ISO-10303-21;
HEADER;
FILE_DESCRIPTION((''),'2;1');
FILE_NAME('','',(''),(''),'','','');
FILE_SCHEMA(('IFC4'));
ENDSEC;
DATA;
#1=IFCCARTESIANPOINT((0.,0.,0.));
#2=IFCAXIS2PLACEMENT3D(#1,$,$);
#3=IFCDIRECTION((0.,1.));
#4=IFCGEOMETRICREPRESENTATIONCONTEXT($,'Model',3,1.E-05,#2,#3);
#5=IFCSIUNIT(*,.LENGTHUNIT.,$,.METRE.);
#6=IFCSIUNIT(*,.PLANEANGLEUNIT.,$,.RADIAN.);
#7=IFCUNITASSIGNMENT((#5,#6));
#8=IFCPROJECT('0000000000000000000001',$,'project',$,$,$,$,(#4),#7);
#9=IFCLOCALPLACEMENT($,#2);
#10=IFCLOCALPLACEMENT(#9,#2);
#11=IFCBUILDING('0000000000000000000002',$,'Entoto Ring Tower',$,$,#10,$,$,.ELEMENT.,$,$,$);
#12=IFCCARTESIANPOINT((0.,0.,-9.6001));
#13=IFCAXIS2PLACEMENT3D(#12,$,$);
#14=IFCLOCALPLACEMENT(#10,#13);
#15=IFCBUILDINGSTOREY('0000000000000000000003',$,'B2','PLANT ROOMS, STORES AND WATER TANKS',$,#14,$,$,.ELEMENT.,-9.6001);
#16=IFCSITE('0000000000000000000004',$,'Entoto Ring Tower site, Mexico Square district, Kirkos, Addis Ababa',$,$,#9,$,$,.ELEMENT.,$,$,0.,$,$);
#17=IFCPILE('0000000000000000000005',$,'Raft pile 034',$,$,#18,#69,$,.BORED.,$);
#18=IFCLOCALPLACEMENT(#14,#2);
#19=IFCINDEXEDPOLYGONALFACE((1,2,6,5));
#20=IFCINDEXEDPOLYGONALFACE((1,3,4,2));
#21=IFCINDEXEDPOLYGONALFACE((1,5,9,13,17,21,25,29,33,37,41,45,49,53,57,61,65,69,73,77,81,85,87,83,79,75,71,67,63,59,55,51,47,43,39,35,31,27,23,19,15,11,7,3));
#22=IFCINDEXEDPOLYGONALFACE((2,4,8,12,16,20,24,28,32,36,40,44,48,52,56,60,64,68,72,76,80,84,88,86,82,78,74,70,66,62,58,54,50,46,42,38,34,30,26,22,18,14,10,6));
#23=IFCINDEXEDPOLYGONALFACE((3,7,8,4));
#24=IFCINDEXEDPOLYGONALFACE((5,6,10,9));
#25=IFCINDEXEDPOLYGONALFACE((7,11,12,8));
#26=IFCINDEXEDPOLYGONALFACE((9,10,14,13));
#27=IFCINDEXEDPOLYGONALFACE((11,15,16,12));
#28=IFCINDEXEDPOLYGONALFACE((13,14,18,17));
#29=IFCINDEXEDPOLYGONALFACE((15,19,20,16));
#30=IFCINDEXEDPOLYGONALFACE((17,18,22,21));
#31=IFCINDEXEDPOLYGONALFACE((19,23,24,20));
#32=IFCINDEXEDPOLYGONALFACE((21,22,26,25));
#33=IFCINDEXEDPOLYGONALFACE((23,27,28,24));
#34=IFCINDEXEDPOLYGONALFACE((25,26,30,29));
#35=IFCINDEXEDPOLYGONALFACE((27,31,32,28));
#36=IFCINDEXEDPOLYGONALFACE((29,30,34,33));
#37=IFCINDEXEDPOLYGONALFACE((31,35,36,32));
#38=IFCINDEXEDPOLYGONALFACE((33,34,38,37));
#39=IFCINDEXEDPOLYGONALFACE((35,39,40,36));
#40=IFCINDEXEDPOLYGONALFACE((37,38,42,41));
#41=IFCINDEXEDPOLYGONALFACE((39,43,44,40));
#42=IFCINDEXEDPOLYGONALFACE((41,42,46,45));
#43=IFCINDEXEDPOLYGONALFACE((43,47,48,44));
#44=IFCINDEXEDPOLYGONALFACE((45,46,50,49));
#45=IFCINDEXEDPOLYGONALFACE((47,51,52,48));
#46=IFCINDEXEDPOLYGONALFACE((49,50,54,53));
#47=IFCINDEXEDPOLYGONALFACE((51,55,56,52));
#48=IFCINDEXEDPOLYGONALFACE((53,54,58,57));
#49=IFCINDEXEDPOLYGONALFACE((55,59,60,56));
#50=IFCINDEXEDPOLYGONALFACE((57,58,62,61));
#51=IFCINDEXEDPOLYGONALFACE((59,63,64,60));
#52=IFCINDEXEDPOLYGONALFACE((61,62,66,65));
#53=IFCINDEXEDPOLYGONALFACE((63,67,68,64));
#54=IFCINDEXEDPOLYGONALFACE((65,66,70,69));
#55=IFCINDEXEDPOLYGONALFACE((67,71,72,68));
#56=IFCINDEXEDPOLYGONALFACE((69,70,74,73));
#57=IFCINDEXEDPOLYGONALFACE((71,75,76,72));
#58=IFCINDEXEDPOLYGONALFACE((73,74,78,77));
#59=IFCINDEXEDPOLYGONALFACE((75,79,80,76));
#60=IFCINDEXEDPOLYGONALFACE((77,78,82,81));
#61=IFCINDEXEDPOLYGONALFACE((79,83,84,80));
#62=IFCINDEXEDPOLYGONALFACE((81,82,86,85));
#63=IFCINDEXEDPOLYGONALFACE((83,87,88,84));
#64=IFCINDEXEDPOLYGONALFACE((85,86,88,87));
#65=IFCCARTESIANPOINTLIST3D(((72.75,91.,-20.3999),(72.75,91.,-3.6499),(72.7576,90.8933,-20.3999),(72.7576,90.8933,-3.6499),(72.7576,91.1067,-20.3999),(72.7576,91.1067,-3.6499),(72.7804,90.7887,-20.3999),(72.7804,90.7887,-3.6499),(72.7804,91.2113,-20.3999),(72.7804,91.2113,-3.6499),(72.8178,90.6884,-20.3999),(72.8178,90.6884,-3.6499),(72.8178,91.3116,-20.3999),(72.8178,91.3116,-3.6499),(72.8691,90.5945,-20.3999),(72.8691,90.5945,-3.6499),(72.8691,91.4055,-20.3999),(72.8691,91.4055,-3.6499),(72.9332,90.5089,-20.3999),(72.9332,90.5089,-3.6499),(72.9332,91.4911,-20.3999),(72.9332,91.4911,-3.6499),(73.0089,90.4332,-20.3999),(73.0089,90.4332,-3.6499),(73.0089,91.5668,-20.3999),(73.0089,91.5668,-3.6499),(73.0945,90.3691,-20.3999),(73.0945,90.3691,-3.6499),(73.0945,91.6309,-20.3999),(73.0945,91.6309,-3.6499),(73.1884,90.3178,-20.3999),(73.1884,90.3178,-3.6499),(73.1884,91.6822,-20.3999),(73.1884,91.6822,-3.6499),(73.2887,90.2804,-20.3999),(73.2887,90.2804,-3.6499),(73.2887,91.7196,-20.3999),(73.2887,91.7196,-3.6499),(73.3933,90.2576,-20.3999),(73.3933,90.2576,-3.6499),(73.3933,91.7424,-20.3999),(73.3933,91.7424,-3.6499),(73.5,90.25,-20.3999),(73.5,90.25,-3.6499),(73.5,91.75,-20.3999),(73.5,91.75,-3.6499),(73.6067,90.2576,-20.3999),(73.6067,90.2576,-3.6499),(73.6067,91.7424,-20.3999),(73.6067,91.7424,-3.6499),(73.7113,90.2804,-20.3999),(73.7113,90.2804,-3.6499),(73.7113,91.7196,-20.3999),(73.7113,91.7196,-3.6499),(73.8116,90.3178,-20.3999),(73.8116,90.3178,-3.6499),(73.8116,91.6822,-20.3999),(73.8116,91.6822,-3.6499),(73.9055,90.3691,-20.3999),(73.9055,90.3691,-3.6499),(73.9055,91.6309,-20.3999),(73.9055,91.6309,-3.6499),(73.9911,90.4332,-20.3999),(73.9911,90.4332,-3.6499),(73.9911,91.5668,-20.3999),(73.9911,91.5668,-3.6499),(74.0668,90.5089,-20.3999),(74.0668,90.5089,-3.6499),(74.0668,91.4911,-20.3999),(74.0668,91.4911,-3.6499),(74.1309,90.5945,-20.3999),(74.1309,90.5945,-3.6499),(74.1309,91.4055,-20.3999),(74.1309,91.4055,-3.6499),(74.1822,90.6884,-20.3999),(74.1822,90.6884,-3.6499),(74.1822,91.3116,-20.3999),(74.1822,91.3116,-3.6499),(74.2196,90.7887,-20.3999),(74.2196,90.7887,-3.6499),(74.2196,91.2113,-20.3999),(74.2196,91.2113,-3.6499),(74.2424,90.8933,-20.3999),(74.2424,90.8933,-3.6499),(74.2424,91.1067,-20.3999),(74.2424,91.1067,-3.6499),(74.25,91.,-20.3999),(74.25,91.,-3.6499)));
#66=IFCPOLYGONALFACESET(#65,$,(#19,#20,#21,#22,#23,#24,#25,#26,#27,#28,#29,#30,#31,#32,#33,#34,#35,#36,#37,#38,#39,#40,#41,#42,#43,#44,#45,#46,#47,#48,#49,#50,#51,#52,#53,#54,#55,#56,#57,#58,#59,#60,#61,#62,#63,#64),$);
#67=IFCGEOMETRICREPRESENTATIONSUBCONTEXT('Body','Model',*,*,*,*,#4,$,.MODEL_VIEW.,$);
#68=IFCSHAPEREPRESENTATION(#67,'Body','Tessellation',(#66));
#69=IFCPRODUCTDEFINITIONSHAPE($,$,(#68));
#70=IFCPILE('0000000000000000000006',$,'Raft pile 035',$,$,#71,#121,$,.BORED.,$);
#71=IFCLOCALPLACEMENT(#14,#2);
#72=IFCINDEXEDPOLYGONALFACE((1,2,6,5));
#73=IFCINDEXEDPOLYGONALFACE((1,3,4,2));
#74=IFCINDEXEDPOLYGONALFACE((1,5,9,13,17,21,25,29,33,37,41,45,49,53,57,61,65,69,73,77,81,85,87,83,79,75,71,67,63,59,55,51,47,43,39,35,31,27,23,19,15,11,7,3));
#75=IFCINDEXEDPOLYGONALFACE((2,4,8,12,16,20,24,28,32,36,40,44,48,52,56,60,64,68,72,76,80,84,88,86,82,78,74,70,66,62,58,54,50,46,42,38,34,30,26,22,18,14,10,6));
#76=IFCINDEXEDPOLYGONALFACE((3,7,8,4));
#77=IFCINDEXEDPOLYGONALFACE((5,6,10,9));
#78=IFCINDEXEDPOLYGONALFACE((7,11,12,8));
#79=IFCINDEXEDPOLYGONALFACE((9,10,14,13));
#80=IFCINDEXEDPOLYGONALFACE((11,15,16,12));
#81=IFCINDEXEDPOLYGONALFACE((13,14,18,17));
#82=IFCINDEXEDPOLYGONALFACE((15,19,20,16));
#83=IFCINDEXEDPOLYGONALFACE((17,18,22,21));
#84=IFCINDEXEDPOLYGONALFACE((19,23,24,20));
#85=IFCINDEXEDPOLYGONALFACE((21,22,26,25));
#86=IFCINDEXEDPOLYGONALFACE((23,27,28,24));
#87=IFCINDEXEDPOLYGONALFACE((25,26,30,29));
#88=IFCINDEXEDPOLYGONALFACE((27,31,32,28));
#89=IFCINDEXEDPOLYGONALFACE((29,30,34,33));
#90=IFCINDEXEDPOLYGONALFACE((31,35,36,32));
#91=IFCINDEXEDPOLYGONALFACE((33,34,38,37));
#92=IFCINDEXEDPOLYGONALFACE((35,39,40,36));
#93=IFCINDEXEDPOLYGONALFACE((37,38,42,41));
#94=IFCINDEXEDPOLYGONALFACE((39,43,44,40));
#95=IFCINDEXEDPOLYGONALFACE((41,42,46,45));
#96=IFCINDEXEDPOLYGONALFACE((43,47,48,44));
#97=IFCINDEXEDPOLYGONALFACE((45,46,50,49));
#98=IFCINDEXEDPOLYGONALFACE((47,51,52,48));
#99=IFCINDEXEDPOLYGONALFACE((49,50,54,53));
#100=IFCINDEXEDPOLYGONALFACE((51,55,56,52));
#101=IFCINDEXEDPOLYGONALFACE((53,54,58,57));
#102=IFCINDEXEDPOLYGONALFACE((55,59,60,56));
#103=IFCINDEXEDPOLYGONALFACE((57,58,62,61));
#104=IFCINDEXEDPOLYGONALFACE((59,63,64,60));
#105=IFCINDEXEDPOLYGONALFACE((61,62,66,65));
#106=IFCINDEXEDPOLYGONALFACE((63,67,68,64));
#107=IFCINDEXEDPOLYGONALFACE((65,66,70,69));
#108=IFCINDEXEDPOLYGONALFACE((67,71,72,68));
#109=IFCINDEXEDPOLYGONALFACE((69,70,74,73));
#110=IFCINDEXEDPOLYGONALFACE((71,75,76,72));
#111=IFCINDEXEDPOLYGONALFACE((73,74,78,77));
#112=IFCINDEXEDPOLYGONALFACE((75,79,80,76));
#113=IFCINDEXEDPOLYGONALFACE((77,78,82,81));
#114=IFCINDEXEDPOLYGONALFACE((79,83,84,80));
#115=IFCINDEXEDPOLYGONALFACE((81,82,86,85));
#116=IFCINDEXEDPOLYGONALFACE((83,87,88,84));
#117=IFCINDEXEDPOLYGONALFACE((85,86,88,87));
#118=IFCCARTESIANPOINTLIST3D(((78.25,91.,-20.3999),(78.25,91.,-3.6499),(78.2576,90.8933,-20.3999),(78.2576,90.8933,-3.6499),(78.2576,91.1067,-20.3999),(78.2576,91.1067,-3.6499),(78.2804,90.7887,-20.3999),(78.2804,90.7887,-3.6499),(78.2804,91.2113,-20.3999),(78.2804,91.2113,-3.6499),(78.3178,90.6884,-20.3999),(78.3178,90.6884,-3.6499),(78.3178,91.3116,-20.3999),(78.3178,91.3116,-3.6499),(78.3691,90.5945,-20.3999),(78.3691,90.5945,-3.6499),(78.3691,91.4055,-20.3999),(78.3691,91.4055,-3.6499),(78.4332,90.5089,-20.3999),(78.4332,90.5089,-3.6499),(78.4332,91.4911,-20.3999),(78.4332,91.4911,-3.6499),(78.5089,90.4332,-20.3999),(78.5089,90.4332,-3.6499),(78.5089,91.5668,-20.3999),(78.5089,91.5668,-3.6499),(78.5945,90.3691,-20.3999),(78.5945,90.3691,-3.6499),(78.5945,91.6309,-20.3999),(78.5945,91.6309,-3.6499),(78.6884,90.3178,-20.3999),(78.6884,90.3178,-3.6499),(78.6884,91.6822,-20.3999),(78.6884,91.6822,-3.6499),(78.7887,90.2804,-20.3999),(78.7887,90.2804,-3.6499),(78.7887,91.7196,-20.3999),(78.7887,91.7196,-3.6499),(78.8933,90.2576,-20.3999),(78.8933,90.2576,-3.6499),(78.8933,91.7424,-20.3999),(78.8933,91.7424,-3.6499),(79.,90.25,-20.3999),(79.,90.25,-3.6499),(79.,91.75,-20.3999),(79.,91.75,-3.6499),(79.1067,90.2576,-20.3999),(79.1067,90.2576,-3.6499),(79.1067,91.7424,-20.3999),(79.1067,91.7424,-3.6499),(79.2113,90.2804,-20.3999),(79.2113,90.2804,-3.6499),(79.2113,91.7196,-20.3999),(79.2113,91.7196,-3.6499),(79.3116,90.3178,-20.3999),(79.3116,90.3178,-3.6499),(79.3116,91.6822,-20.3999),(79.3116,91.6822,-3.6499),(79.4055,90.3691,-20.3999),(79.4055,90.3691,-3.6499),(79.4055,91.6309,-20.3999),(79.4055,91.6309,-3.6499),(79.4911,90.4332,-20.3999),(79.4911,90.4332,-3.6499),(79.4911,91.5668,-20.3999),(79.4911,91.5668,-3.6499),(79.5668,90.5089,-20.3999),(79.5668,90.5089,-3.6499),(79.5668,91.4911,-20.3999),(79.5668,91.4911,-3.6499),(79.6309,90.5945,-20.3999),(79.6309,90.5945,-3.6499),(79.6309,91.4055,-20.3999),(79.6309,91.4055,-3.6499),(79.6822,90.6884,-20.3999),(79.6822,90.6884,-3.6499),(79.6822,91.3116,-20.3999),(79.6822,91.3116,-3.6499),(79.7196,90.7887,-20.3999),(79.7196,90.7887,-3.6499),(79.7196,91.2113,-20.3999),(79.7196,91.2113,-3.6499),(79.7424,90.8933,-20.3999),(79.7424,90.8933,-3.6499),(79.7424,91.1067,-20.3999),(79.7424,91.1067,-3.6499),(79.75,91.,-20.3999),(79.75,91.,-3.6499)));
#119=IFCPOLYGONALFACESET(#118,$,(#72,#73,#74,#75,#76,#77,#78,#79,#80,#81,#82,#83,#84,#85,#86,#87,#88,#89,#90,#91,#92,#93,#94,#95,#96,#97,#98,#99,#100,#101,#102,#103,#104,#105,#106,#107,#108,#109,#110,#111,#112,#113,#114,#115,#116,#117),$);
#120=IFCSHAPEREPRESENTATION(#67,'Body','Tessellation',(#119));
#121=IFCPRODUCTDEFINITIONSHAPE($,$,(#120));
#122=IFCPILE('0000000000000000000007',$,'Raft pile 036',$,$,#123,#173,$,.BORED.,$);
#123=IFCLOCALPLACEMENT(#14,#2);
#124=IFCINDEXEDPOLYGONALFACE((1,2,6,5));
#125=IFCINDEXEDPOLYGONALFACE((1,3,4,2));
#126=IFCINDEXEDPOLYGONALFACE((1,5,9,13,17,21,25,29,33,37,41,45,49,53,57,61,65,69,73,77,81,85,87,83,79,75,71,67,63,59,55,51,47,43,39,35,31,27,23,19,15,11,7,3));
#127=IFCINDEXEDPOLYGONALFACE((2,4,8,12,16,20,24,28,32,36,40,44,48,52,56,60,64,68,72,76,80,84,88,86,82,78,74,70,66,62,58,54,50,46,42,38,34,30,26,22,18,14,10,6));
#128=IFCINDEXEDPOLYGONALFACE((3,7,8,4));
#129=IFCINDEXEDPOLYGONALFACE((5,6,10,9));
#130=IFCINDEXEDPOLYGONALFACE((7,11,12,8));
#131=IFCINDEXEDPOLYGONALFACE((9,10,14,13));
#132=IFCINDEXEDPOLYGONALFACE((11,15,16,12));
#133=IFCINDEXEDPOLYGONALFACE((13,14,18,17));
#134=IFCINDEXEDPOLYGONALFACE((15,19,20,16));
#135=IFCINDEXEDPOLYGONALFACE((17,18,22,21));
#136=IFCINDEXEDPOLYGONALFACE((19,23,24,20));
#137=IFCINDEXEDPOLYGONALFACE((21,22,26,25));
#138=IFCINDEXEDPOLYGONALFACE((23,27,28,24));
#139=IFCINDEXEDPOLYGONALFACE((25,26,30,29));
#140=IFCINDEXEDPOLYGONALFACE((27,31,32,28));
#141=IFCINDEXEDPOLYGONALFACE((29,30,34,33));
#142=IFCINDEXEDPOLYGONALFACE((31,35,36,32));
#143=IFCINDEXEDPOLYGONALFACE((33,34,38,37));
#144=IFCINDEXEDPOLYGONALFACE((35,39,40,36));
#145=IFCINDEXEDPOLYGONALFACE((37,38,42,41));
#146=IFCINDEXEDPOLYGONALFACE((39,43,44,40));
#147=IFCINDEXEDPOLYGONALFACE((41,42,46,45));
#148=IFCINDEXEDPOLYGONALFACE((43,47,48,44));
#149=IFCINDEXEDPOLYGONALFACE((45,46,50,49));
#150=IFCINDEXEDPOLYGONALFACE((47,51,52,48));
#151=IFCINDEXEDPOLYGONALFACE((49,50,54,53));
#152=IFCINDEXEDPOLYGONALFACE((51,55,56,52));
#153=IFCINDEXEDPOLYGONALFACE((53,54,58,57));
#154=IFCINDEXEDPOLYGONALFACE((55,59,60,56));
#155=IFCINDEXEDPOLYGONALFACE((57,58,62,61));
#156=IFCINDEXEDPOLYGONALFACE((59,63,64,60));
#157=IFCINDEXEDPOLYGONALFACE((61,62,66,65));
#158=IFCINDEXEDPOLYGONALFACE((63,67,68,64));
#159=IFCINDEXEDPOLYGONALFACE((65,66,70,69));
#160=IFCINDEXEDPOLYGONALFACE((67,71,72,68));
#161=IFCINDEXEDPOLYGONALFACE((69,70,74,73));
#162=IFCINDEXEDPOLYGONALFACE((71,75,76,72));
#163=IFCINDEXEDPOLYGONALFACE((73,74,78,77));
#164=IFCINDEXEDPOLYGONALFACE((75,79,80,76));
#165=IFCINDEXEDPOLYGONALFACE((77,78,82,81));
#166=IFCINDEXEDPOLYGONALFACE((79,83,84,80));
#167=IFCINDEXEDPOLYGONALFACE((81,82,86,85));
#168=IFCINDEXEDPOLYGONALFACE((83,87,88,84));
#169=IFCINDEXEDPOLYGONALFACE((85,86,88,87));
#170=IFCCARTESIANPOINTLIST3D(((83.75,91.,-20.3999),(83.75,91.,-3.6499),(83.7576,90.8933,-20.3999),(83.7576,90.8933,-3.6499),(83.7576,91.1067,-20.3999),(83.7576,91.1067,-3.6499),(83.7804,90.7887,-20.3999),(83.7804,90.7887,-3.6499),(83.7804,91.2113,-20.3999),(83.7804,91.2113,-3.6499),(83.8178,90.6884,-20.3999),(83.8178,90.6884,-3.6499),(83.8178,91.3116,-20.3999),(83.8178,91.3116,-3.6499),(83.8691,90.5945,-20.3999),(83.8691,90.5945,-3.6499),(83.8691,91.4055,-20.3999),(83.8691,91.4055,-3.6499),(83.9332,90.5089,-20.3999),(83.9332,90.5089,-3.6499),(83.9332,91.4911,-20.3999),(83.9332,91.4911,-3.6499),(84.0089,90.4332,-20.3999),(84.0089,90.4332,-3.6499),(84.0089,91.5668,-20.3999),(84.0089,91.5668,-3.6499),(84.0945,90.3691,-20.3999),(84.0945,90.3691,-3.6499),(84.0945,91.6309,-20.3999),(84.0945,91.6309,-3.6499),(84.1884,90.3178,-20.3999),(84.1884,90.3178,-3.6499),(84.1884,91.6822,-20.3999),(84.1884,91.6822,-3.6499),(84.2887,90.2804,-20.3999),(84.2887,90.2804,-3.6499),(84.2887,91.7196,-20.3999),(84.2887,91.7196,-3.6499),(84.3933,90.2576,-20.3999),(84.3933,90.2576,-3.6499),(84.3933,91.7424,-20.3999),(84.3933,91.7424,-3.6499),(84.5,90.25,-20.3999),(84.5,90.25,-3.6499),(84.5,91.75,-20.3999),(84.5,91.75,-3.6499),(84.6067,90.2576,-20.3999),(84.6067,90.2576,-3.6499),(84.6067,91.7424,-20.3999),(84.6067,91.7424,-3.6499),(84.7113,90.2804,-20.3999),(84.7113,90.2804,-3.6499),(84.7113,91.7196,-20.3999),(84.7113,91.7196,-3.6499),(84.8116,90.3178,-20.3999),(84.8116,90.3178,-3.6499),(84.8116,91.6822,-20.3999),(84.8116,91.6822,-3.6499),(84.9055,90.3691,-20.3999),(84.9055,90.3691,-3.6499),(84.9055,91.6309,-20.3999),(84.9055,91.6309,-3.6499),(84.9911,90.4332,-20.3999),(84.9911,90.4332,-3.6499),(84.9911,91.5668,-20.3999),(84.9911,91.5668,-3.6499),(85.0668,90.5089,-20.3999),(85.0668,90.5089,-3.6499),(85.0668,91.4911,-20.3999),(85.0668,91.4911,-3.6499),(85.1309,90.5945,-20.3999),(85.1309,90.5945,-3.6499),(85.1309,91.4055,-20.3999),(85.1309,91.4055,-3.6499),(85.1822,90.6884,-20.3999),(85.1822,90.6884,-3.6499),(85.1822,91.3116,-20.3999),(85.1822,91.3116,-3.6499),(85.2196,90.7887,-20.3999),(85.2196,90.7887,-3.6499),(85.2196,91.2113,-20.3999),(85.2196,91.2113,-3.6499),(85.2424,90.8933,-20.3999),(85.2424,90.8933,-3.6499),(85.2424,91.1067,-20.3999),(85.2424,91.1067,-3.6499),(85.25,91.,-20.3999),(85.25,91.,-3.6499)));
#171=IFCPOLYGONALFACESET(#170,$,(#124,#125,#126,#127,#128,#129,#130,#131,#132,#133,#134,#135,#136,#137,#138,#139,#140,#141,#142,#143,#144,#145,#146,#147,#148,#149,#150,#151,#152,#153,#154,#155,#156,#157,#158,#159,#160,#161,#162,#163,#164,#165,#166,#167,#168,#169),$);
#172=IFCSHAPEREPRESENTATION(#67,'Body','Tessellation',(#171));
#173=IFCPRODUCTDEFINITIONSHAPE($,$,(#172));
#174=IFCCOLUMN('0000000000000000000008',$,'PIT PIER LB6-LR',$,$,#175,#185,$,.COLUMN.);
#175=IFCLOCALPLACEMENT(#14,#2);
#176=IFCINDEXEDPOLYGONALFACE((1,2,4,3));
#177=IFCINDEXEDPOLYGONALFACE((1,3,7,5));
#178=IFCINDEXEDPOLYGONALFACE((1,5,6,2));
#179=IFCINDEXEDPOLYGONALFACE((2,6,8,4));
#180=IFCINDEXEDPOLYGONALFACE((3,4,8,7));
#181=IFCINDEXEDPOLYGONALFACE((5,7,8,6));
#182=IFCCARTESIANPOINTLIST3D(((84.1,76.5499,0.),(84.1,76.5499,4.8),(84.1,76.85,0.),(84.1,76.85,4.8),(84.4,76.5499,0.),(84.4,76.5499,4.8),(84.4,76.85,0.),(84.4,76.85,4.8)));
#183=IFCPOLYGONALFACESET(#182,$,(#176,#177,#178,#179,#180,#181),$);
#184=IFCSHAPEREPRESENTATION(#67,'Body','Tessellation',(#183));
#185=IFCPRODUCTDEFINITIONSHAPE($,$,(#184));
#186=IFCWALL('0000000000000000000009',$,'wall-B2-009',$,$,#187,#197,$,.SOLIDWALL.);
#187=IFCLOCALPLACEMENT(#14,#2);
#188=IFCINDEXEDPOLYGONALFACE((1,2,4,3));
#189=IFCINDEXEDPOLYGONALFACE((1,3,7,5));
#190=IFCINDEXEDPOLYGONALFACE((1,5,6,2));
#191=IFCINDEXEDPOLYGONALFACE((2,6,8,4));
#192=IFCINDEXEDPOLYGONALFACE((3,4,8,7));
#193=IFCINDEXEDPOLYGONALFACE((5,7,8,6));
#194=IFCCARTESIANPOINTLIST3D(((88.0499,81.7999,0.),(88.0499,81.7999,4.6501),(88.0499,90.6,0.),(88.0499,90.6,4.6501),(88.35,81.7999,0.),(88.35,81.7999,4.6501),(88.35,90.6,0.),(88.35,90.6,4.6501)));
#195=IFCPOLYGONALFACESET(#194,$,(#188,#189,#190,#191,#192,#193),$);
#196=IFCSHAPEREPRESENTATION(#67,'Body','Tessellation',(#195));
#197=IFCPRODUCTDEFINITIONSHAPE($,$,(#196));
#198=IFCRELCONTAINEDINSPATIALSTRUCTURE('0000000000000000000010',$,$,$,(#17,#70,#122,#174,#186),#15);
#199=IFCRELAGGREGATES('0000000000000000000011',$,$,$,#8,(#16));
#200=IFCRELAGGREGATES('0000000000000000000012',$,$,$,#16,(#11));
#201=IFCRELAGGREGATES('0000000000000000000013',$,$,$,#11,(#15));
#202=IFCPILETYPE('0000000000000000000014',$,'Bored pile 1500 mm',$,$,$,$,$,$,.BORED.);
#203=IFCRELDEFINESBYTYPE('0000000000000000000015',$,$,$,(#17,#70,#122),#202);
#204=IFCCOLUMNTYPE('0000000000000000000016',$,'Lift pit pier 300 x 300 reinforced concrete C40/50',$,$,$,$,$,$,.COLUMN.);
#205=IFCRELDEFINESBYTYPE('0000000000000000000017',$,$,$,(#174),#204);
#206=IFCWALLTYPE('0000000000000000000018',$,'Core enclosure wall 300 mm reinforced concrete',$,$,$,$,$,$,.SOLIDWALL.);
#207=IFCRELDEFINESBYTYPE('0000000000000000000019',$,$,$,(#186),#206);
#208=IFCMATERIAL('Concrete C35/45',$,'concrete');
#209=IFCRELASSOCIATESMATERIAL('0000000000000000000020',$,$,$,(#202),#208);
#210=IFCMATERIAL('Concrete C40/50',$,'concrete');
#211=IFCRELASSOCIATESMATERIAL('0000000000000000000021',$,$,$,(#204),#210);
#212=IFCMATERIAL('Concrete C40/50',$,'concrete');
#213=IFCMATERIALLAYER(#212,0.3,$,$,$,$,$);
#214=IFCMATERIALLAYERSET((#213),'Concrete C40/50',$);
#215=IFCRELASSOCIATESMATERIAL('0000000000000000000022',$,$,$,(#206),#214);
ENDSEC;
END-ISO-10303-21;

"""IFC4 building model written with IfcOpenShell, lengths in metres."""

from ifc_helpers import new_model, si_unit, direction, frame, frame_2d, origin, origin_2d, place, context, subcontext, project, spatial, rectangle, circle, extrude, material, layer, layer_set, material_profile, profile_set, type_object, element, save


model = new_model("IFC4")

# Units and contexts
model_context = context("Model", 3, precision=1e-05, world=origin(), true_north=direction((0.0, 1.0)))
body_context = subcontext(model_context, "Body", "Model", "MODEL_VIEW")
ifc_project = project(units=[si_unit("LENGTHUNIT", "METRE"), si_unit("PLANEANGLEUNIT", "RADIAN")], contexts=[model_context])

# Site, building, storey
site_placement = place(None, origin())
site = spatial("IfcSite", under=ifc_project, at=site_placement, Name="Entoto Ring Tower site, Mexico Square district, Kirkos, Addis Ababa", CompositionType="ELEMENT", RefElevation=0.0)
building_placement = place(site_placement, origin())
building = spatial("IfcBuilding", under=site, at=building_placement, Name="Entoto Ring Tower", CompositionType="ELEMENT")
storey_placement = place(building_placement, frame((0.0, 0.0, -9.6001)))
storey = spatial("IfcBuildingStorey", under=building, at=storey_placement, Name="B2", Description="PLANT ROOMS, STORES AND WATER TANKS", CompositionType="ELEMENT", Elevation=-9.6001)

# Piles
ifc_material_1 = material(Name="Concrete C35/45", Category="concrete")
ifc_material_profile_1 = material_profile(ifc_material_1, circle(Radius=0.75, at=origin_2d()), Name="Bored pile 1500 mm")
ifc_profile_set_1 = profile_set([ifc_material_profile_1], Name="Concrete C35/45")
pile_type = type_object("IfcPileType", Name="Bored pile 1500 mm", PredefinedType="BORED", material=ifc_profile_set_1)
for number, where, z_axis, x_axis, name in (
    (1, (73.5, 91.0, -3.6499), (0.0, 0.0, -1.0), (1.0, 0.0, 0.0), "Raft pile 034"),
    (2, (79.0, 91.0, -3.6499), (0.0, 0.0, -1.0), (1.0, 0.0, 0.0), "Raft pile 035"),
    (3, (84.5, 91.0, -3.6499), (0.0, 0.0, -1.0), (1.0, 0.0, 0.0), "Raft pile 036"),
):
    element("IfcPile", number, at=place(storey_placement, frame(where, z_axis=z_axis, x_axis=x_axis)), inside=storey, type_object=pile_type, Name=name, PredefinedType="BORED", context=body_context, shape_type="SweptSolid", body=[
        extrude(circle(Radius=0.75, at=origin_2d()), origin(), (0.0, 0.0, 1.0), 16.75),
    ])

# Column
ifc_material_2 = material(Name="Concrete C40/50", Category="concrete")
ifc_material_profile_2 = material_profile(ifc_material_2, rectangle(XDim=0.3, YDim=0.3, at=origin_2d()), Name="Lift pit pier 300 x 300 reinforced concrete C40/50")
ifc_profile_set_2 = profile_set([ifc_material_profile_2], Name="Concrete C40/50")
column_type = type_object("IfcColumnType", Name="Lift pit pier 300 x 300 reinforced concrete C40/50", PredefinedType="COLUMN", material=ifc_profile_set_2)
column_placement = place(storey_placement, frame((84.25, 76.7, 0.0), z_axis=(0.0, 0.0, 1.0), x_axis=(1.0, 0.0, 0.0)))
element("IfcColumn", 4, at=column_placement, inside=storey, type_object=column_type, Name="PIT PIER LB6-LR", PredefinedType="COLUMN", context=body_context, shape_type="SweptSolid", body=[
    extrude(rectangle(XDim=0.3, YDim=0.3, at=origin_2d()), origin(), (0.0, 0.0, 1.0), 4.8),
])

# Wall
ifc_material_3 = material(Name="Concrete C40/50", Category="concrete")
ifc_layer_1 = layer(ifc_material_3, 0.3)
ifc_layer_set_1 = layer_set([ifc_layer_1], Name="Concrete C40/50")
wall_type_1 = type_object("IfcWallType", Name="Core enclosure wall 300 mm reinforced concrete", PredefinedType="SOLIDWALL", material=ifc_layer_set_1)
wall_1_placement = place(storey_placement, frame((88.2, 81.8, 0.0), z_axis=(0.0, 0.0, 1.0), x_axis=(0.0, 1.0, 0.0)))
element("IfcWall", 5, at=wall_1_placement, inside=storey, type_object=wall_type_1, Name="wall-B2-009", PredefinedType="SOLIDWALL", context=body_context, shape_type="SweptSolid", body=[
    extrude(rectangle(XDim=8.8, YDim=0.3, at=frame_2d((4.3999, 0.0))), origin(), (0.0, 0.0, 1.0), 4.6501),
])

save(model, "model.ifc")
